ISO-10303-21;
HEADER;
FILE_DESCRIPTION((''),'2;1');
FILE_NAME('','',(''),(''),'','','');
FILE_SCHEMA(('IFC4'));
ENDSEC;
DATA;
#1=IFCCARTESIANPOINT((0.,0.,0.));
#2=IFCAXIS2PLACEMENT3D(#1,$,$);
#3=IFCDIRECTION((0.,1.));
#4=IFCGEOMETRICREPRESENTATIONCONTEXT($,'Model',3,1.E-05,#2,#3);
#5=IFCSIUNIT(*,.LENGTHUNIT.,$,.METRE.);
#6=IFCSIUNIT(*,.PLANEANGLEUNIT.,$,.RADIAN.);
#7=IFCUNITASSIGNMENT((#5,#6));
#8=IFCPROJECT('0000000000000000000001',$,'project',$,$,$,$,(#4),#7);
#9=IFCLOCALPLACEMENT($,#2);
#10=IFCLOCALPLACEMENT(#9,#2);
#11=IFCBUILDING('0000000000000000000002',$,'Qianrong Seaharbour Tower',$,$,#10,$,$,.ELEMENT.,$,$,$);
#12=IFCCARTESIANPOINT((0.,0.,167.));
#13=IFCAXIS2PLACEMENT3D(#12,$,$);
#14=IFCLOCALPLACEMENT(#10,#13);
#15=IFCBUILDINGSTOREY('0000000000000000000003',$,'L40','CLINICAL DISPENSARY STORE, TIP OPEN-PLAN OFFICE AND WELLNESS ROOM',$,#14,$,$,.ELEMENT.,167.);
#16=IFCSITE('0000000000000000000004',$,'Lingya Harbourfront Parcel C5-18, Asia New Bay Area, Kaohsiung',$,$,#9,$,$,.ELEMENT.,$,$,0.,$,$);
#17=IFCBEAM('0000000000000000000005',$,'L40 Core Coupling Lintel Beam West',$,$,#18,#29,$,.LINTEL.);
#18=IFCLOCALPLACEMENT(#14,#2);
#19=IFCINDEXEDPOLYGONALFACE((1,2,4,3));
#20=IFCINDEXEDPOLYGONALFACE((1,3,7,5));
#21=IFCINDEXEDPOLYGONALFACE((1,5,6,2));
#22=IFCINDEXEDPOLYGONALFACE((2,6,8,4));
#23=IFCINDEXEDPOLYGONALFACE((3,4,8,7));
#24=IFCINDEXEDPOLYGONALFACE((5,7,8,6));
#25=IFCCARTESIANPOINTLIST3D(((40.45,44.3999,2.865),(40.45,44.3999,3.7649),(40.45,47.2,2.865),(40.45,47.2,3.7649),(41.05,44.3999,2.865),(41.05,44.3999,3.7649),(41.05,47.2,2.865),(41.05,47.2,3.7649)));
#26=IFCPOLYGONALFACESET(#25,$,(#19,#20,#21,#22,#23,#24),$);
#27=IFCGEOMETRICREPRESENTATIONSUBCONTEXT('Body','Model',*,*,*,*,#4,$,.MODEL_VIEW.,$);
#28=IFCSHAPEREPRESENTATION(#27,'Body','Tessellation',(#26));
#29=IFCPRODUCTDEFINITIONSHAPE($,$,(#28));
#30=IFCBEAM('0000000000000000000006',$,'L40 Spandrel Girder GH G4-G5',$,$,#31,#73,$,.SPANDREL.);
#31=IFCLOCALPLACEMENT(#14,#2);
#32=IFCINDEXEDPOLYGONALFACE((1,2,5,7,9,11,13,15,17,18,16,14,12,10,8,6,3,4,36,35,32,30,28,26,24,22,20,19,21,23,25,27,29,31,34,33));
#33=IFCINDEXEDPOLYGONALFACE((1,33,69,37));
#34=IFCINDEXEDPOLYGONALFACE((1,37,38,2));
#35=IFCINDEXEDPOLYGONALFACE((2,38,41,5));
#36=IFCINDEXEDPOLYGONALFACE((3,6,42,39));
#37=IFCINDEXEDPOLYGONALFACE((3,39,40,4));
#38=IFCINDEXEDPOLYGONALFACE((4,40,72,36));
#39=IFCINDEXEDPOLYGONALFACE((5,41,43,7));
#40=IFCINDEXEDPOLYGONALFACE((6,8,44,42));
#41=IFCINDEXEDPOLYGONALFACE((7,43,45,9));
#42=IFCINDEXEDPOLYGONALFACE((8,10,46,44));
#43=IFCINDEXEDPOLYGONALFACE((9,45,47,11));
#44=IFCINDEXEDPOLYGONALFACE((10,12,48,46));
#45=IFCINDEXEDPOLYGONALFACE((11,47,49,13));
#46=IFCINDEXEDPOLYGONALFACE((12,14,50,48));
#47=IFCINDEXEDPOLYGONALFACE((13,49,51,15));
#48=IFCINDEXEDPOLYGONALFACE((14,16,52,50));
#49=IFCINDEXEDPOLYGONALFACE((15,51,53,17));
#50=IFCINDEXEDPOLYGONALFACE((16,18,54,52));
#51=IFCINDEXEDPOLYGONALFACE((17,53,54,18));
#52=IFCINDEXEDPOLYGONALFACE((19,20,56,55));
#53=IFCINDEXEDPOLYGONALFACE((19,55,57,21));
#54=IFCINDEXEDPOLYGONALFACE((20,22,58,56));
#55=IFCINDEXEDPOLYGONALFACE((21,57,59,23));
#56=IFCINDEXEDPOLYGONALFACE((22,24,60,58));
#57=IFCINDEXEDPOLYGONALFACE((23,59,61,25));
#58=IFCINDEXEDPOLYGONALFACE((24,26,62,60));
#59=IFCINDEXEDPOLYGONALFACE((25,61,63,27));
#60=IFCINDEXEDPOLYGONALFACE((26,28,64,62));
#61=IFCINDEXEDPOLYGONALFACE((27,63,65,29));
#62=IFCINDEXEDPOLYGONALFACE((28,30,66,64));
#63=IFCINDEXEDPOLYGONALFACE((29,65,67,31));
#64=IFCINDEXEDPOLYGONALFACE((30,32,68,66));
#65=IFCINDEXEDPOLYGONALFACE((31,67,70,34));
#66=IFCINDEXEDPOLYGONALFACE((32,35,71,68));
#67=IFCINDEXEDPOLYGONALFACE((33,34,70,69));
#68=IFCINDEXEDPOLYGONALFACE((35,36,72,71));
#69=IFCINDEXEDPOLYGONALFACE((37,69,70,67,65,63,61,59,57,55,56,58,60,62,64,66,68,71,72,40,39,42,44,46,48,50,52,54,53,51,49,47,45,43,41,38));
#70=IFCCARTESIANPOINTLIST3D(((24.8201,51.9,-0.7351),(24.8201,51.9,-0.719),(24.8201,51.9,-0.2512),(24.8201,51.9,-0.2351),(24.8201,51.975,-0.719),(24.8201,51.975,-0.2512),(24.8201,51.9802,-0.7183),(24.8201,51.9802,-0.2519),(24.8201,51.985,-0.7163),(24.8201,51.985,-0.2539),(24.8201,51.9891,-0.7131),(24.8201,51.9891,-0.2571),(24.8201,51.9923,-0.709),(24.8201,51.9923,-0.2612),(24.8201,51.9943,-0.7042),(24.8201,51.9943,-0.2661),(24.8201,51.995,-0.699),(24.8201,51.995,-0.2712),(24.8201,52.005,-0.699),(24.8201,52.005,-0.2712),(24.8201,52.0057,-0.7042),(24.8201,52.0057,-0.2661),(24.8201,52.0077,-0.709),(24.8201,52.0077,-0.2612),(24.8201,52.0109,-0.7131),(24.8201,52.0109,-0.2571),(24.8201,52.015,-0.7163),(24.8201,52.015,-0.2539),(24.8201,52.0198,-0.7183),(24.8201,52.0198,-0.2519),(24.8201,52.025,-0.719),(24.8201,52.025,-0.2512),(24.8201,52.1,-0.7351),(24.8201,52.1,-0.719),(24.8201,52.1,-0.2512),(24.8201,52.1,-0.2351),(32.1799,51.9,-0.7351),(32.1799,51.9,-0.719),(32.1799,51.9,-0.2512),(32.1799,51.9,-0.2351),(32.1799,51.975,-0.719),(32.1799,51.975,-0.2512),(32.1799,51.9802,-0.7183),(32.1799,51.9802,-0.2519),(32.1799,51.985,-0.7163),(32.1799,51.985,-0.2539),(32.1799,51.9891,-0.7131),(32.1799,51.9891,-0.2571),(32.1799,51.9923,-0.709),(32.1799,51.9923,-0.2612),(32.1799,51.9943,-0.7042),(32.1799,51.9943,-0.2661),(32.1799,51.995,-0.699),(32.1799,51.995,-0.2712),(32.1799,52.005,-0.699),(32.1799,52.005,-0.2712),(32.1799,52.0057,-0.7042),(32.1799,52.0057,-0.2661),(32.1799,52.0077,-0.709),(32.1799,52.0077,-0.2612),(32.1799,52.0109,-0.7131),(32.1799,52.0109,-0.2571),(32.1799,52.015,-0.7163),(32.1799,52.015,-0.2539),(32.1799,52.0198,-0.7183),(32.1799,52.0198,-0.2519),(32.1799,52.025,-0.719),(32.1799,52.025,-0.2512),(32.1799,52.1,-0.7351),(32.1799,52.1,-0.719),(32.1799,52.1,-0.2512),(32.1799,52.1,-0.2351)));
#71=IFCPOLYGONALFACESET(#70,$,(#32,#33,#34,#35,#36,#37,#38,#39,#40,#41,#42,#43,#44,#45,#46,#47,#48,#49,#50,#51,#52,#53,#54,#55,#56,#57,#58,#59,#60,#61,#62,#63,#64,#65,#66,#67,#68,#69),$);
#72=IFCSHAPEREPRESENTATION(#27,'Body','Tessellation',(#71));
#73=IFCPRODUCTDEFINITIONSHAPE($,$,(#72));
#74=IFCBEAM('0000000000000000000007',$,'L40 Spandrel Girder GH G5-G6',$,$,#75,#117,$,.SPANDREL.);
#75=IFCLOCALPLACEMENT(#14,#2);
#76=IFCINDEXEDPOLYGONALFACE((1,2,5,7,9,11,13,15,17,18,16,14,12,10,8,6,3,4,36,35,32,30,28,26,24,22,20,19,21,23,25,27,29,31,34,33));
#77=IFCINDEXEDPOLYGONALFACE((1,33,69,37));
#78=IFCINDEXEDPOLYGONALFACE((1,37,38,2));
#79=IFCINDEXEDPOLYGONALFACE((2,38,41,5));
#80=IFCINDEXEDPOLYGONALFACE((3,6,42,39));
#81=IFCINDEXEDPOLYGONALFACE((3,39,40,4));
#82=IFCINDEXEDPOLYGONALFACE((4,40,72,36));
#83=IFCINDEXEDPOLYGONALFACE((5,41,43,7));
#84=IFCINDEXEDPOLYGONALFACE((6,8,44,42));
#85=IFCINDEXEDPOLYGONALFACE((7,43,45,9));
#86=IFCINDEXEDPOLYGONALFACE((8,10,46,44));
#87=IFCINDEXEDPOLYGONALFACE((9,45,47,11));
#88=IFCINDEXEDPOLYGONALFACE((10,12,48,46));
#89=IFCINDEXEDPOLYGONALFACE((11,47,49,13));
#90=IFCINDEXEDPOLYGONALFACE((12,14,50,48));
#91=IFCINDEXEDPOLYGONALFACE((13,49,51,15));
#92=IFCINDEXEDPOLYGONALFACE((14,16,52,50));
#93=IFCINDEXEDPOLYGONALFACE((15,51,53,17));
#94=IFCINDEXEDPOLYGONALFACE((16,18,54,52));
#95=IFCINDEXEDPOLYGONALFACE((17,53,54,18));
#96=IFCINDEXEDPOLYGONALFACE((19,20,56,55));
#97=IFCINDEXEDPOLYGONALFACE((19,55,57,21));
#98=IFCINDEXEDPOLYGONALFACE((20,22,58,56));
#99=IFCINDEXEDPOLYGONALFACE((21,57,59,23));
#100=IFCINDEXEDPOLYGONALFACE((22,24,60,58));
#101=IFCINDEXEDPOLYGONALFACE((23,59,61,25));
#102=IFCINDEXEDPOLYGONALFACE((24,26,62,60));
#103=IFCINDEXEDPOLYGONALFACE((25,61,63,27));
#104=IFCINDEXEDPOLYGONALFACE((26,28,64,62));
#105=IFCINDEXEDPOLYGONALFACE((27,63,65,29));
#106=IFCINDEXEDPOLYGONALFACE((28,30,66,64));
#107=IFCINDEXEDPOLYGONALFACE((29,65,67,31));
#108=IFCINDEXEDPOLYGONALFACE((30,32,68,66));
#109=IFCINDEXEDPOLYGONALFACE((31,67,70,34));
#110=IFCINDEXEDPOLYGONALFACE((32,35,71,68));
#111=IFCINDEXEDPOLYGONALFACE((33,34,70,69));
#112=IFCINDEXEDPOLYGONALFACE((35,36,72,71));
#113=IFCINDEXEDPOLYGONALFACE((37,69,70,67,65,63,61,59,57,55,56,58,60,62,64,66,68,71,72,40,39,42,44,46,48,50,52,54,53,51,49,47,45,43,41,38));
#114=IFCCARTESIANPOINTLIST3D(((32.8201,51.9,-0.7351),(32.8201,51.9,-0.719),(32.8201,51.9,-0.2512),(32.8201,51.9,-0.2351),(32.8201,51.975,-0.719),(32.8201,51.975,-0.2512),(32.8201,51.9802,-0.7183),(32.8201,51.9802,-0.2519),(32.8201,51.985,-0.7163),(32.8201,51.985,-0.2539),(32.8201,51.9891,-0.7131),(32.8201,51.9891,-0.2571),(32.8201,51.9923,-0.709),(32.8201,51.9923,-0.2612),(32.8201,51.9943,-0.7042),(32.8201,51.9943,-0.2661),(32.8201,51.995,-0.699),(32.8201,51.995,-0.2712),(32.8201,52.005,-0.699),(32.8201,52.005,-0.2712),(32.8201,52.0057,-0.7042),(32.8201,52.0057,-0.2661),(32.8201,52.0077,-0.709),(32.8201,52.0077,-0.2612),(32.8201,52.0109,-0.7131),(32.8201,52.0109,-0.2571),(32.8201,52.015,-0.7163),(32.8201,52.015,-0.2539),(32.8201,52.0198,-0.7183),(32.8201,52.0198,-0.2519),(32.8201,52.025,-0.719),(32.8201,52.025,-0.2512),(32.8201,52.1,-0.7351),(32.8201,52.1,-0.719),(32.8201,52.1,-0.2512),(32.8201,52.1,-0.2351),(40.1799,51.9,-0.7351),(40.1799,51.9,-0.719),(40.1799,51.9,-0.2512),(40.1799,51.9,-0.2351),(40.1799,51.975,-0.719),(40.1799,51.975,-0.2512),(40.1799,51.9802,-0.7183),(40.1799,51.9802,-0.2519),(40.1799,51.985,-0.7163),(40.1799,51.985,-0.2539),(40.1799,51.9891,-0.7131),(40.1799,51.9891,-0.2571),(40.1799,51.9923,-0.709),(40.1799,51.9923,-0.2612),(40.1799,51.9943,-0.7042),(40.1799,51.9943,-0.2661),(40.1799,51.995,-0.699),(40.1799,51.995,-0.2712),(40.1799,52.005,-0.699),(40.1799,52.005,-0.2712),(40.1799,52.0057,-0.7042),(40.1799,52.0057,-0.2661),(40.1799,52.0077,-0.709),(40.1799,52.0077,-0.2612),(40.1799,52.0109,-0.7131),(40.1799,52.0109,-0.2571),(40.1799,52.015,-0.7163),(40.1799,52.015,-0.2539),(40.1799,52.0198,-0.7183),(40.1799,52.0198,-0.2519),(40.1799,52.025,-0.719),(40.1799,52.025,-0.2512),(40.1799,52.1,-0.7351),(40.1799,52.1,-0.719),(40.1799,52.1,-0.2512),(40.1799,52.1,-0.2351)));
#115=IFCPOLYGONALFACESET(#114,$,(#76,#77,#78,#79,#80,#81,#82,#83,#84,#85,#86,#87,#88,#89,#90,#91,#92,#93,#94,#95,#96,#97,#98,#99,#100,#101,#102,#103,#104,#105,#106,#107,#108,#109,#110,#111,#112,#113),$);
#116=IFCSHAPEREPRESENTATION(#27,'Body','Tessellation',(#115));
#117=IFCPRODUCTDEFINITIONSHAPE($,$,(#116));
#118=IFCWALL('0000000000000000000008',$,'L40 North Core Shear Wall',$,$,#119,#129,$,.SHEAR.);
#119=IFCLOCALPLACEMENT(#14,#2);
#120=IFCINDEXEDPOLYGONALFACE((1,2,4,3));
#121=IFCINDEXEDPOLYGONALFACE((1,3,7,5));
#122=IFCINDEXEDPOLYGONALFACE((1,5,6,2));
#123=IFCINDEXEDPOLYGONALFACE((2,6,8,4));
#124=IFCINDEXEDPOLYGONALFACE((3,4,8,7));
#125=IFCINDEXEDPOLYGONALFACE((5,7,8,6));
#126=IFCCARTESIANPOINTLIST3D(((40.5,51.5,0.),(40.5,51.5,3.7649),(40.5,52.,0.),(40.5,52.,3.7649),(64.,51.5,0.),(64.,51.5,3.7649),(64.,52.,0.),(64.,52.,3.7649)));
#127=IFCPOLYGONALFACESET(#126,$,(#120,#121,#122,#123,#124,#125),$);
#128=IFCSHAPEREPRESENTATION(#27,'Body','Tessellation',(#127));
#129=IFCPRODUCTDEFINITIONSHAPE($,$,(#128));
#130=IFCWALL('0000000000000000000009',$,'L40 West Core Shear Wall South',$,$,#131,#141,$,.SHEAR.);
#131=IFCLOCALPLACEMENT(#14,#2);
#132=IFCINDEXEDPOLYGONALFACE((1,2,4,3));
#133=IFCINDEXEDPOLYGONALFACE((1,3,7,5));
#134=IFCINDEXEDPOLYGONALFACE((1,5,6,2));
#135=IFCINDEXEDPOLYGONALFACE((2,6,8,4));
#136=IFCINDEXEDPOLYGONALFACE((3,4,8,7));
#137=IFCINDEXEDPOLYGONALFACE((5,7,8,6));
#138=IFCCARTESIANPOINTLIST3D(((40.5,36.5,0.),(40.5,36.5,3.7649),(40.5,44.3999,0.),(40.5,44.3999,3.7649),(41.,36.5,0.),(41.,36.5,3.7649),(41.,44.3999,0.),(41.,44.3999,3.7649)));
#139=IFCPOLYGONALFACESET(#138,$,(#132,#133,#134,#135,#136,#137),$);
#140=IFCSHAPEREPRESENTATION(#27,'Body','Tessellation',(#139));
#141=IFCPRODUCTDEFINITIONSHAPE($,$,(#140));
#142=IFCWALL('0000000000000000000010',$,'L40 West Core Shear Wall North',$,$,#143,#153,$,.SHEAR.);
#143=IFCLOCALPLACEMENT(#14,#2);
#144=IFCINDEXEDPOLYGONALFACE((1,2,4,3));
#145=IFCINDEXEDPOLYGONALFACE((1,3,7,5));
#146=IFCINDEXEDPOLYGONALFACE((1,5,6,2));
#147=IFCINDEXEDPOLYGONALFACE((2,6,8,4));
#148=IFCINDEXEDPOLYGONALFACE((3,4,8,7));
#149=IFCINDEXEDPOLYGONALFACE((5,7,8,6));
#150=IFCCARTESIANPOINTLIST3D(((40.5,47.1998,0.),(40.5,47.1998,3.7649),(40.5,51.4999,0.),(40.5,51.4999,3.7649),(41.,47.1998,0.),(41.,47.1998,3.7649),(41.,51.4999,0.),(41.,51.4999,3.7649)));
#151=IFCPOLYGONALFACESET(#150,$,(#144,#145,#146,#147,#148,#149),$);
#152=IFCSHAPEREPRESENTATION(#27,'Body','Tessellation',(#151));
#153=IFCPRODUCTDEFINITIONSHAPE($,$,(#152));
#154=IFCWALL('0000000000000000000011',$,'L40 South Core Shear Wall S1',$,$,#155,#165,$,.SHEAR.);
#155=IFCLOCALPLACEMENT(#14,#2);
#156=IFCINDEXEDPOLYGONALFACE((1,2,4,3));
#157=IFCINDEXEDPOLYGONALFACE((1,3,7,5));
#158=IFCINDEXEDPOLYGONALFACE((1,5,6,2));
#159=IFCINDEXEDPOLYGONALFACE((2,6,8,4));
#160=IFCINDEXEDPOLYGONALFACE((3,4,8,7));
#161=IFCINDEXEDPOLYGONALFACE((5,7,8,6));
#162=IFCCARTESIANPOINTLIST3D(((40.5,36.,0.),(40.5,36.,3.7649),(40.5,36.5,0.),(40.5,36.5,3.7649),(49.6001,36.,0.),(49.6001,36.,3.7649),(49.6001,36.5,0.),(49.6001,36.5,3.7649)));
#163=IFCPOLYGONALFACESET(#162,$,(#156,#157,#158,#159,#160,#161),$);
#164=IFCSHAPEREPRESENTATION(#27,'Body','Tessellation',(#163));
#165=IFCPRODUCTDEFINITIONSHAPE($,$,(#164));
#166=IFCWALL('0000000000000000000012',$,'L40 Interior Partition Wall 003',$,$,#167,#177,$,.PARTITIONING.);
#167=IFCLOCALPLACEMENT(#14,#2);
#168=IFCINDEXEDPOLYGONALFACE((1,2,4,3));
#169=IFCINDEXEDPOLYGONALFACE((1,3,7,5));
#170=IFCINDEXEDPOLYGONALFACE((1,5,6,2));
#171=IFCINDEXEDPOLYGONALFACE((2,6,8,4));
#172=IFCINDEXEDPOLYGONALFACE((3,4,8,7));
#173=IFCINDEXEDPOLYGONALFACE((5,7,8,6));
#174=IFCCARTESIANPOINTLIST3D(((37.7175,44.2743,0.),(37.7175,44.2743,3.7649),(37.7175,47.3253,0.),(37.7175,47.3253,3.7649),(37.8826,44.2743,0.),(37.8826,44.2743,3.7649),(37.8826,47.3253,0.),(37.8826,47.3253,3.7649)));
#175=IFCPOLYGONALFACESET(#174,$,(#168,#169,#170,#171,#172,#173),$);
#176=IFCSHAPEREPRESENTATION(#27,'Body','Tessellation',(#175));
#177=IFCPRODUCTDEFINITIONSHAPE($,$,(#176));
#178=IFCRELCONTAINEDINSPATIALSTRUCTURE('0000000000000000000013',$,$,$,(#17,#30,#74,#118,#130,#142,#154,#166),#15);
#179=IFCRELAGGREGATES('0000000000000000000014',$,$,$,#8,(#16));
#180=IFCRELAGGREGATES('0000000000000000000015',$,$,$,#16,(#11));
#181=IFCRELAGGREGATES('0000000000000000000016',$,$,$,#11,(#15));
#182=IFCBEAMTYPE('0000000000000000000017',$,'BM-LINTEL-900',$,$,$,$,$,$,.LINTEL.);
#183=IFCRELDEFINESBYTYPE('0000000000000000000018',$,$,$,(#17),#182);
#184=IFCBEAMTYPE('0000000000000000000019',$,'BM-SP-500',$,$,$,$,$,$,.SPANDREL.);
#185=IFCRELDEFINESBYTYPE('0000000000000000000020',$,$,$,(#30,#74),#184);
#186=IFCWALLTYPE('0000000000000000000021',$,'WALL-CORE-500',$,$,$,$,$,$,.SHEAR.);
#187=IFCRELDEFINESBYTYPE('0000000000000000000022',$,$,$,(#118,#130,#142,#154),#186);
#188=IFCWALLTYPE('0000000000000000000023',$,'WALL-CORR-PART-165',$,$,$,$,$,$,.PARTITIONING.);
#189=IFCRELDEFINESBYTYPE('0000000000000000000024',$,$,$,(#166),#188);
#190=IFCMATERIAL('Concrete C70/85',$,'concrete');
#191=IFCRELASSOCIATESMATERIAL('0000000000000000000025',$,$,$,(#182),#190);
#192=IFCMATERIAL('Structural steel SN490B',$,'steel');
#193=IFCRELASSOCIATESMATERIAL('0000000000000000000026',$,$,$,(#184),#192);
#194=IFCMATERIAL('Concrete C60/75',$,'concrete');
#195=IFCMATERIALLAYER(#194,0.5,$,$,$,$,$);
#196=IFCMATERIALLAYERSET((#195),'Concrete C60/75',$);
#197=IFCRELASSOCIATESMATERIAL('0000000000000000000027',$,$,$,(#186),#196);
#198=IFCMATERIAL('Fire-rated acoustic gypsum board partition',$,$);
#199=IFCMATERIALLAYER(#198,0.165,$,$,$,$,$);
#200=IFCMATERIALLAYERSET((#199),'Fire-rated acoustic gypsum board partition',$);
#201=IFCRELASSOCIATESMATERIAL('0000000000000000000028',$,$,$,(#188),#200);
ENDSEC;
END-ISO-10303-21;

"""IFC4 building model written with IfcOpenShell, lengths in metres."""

from ifc_helpers import new_model, si_unit, direction, frame, frame_2d, origin, origin_2d, place, context, subcontext, project, spatial, rectangle, i_section, extrude, material, layer, layer_set, material_profile, profile_set, type_object, element, save


model = new_model("IFC4")

# Units and contexts
model_context = context("Model", 3, precision=1e-05, world=origin(), true_north=direction((0.0, 1.0)))
body_context = subcontext(model_context, "Body", "Model", "MODEL_VIEW")
ifc_project = project(units=[si_unit("LENGTHUNIT", "METRE"), si_unit("PLANEANGLEUNIT", "RADIAN")], contexts=[model_context])

# Site, building, storey
site_placement = place(None, origin())
site = spatial("IfcSite", under=ifc_project, at=site_placement, Name="Lingya Harbourfront Parcel C5-18, Asia New Bay Area, Kaohsiung", CompositionType="ELEMENT", RefElevation=0.0)
building_placement = place(site_placement, origin())
building = spatial("IfcBuilding", under=site, at=building_placement, Name="Qianrong Seaharbour Tower", CompositionType="ELEMENT")
storey_placement = place(building_placement, frame((0.0, 0.0, 167.0)))
storey = spatial("IfcBuildingStorey", under=building, at=storey_placement, Name="L40", Description="CLINICAL DISPENSARY STORE, TIP OPEN-PLAN OFFICE AND WELLNESS ROOM", CompositionType="ELEMENT", Elevation=167.0)

# Shared definitions
ifc_material_1 = material(Name="Structural steel SN490B", Category="steel")

# Beams
ifc_material_2 = material(Name="Concrete C70/85", Category="concrete")
ifc_material_profile_1 = material_profile(ifc_material_2, rectangle(XDim=0.6001, YDim=0.8999, at=origin_2d()), Name="RC600x900")
ifc_profile_set_1 = profile_set([ifc_material_profile_1], Name="Concrete C70/85")
beam_type_1 = type_object("IfcBeamType", Name="BM-LINTEL-900", PredefinedType="LINTEL", material=ifc_profile_set_1)
beam_1_placement = place(storey_placement, frame((40.75, 44.3999, 3.3149), z_axis=(0.0, 1.0, 0.0), x_axis=(-1.0, 0.0, 0.0)))
element("IfcBeam", 1, at=beam_1_placement, inside=storey, type_object=beam_type_1, Name="L40 Core Coupling Lintel Beam West", PredefinedType="LINTEL", context=body_context, shape_type="SweptSolid", body=[
    extrude(rectangle(XDim=0.6001, YDim=0.8999, at=origin_2d()), origin(), (0.0, 0.0, 1.0), 2.8),
])
ifc_material_profile_2 = material_profile(ifc_material_1, i_section(OverallWidth=0.2, OverallDepth=0.5, WebThickness=0.01, FlangeThickness=0.0161, FilletRadius=0.02, at=origin_2d()), Name="H500x200x10x16")
ifc_profile_set_2 = profile_set([ifc_material_profile_2], Name="Structural steel SN490B")
beam_type_2 = type_object("IfcBeamType", Name="BM-SP-500", PredefinedType="SPANDREL", material=ifc_profile_set_2)
for number, where, z_axis, x_axis, name in (
    (2, (24.8201, 52.0, -0.4851), (1.0, 0.0, 0.0), (0.0, 1.0, 0.0), "L40 Spandrel Girder GH G4-G5"),
    (3, (32.8201, 52.0, -0.4851), (1.0, 0.0, 0.0), (0.0, 1.0, 0.0), "L40 Spandrel Girder GH G5-G6"),
):
    element("IfcBeam", number, at=place(storey_placement, frame(where, z_axis=z_axis, x_axis=x_axis)), inside=storey, type_object=beam_type_2, Name=name, PredefinedType="SPANDREL", context=body_context, shape_type="SweptSolid", body=[
        extrude(i_section(OverallWidth=0.2, OverallDepth=0.5, WebThickness=0.01, FlangeThickness=0.0161, FilletRadius=0.02, at=origin_2d()), origin(), (0.0, 0.0, 1.0), 7.3599),
    ])

# Walls
ifc_material_3 = material(Name="Concrete C60/75", Category="concrete")
ifc_layer_1 = layer(ifc_material_3, 0.5)
ifc_layer_set_1 = layer_set([ifc_layer_1], Name="Concrete C60/75")
wall_type_1 = type_object("IfcWallType", Name="WALL-CORE-500", PredefinedType="SHEAR", material=ifc_layer_set_1)
wall_1_placement = place(storey_placement, frame((40.5, 51.75, 0.0), z_axis=(0.0, 0.0, 1.0), x_axis=(1.0, 0.0, 0.0)))
element("IfcWall", 4, at=wall_1_placement, inside=storey, type_object=wall_type_1, Name="L40 North Core Shear Wall", PredefinedType="SHEAR", context=body_context, shape_type="SweptSolid", body=[
    extrude(rectangle(XDim=23.5, YDim=0.5, at=frame_2d((11.75, 0.0))), origin(), (0.0, 0.0, 1.0), 3.7649),
])
wall_2_placement = place(storey_placement, frame((40.75, 36.5, 0.0), z_axis=(0.0, 0.0, 1.0), x_axis=(0.0, 1.0, 0.0)))
element("IfcWall", 5, at=wall_2_placement, inside=storey, type_object=wall_type_1, Name="L40 West Core Shear Wall South", PredefinedType="SHEAR", context=body_context, shape_type="SweptSolid", body=[
    extrude(rectangle(XDim=7.8999, YDim=0.5, at=frame_2d((3.95, 0.0))), origin(), (0.0, 0.0, 1.0), 3.7649),
])
wall_3_placement = place(storey_placement, frame((40.75, 47.2, 0.0), z_axis=(0.0, 0.0, 1.0), x_axis=(0.0, 1.0, 0.0)))
element("IfcWall", 6, at=wall_3_placement, inside=storey, type_object=wall_type_1, Name="L40 West Core Shear Wall North", PredefinedType="SHEAR", context=body_context, shape_type="SweptSolid", body=[
    extrude(rectangle(XDim=4.3, YDim=0.5, at=frame_2d((2.1499, 0.0))), origin(), (0.0, 0.0, 1.0), 3.7649),
])
wall_4_placement = place(storey_placement, frame((40.5, 36.25, 0.0), z_axis=(0.0, 0.0, 1.0), x_axis=(1.0, 0.0, 0.0)))
element("IfcWall", 7, at=wall_4_placement, inside=storey, type_object=wall_type_1, Name="L40 South Core Shear Wall S1", PredefinedType="SHEAR", context=body_context, shape_type="SweptSolid", body=[
    extrude(rectangle(XDim=9.1001, YDim=0.5, at=frame_2d((4.55, 0.0))), origin(), (0.0, 0.0, 1.0), 3.7649),
])

# Shared definitions
ifc_material_4 = material(Name="Fire-rated acoustic gypsum board partition")
ifc_layer_2 = layer(ifc_material_4, 0.165)
ifc_layer_set_2 = layer_set([ifc_layer_2], Name="Fire-rated acoustic gypsum board partition")
wall_type_2 = type_object("IfcWallType", Name="WALL-CORR-PART-165", PredefinedType="PARTITIONING", material=ifc_layer_set_2)

# Wall
wall_5_placement = place(storey_placement, frame((37.8, 44.2744, 0.0), z_axis=(0.0, 0.0, 1.0), x_axis=(0.0, 1.0, 0.0)))
element("IfcWall", 8, at=wall_5_placement, inside=storey, type_object=wall_type_2, Name="L40 Interior Partition Wall 003", PredefinedType="PARTITIONING", context=body_context, shape_type="SweptSolid", body=[
    extrude(rectangle(XDim=3.051, YDim=0.165, at=frame_2d((1.5254, 0.0))), origin(), (0.0, 0.0, 1.0), 3.7649),
])

save(model, "model.ifc")
